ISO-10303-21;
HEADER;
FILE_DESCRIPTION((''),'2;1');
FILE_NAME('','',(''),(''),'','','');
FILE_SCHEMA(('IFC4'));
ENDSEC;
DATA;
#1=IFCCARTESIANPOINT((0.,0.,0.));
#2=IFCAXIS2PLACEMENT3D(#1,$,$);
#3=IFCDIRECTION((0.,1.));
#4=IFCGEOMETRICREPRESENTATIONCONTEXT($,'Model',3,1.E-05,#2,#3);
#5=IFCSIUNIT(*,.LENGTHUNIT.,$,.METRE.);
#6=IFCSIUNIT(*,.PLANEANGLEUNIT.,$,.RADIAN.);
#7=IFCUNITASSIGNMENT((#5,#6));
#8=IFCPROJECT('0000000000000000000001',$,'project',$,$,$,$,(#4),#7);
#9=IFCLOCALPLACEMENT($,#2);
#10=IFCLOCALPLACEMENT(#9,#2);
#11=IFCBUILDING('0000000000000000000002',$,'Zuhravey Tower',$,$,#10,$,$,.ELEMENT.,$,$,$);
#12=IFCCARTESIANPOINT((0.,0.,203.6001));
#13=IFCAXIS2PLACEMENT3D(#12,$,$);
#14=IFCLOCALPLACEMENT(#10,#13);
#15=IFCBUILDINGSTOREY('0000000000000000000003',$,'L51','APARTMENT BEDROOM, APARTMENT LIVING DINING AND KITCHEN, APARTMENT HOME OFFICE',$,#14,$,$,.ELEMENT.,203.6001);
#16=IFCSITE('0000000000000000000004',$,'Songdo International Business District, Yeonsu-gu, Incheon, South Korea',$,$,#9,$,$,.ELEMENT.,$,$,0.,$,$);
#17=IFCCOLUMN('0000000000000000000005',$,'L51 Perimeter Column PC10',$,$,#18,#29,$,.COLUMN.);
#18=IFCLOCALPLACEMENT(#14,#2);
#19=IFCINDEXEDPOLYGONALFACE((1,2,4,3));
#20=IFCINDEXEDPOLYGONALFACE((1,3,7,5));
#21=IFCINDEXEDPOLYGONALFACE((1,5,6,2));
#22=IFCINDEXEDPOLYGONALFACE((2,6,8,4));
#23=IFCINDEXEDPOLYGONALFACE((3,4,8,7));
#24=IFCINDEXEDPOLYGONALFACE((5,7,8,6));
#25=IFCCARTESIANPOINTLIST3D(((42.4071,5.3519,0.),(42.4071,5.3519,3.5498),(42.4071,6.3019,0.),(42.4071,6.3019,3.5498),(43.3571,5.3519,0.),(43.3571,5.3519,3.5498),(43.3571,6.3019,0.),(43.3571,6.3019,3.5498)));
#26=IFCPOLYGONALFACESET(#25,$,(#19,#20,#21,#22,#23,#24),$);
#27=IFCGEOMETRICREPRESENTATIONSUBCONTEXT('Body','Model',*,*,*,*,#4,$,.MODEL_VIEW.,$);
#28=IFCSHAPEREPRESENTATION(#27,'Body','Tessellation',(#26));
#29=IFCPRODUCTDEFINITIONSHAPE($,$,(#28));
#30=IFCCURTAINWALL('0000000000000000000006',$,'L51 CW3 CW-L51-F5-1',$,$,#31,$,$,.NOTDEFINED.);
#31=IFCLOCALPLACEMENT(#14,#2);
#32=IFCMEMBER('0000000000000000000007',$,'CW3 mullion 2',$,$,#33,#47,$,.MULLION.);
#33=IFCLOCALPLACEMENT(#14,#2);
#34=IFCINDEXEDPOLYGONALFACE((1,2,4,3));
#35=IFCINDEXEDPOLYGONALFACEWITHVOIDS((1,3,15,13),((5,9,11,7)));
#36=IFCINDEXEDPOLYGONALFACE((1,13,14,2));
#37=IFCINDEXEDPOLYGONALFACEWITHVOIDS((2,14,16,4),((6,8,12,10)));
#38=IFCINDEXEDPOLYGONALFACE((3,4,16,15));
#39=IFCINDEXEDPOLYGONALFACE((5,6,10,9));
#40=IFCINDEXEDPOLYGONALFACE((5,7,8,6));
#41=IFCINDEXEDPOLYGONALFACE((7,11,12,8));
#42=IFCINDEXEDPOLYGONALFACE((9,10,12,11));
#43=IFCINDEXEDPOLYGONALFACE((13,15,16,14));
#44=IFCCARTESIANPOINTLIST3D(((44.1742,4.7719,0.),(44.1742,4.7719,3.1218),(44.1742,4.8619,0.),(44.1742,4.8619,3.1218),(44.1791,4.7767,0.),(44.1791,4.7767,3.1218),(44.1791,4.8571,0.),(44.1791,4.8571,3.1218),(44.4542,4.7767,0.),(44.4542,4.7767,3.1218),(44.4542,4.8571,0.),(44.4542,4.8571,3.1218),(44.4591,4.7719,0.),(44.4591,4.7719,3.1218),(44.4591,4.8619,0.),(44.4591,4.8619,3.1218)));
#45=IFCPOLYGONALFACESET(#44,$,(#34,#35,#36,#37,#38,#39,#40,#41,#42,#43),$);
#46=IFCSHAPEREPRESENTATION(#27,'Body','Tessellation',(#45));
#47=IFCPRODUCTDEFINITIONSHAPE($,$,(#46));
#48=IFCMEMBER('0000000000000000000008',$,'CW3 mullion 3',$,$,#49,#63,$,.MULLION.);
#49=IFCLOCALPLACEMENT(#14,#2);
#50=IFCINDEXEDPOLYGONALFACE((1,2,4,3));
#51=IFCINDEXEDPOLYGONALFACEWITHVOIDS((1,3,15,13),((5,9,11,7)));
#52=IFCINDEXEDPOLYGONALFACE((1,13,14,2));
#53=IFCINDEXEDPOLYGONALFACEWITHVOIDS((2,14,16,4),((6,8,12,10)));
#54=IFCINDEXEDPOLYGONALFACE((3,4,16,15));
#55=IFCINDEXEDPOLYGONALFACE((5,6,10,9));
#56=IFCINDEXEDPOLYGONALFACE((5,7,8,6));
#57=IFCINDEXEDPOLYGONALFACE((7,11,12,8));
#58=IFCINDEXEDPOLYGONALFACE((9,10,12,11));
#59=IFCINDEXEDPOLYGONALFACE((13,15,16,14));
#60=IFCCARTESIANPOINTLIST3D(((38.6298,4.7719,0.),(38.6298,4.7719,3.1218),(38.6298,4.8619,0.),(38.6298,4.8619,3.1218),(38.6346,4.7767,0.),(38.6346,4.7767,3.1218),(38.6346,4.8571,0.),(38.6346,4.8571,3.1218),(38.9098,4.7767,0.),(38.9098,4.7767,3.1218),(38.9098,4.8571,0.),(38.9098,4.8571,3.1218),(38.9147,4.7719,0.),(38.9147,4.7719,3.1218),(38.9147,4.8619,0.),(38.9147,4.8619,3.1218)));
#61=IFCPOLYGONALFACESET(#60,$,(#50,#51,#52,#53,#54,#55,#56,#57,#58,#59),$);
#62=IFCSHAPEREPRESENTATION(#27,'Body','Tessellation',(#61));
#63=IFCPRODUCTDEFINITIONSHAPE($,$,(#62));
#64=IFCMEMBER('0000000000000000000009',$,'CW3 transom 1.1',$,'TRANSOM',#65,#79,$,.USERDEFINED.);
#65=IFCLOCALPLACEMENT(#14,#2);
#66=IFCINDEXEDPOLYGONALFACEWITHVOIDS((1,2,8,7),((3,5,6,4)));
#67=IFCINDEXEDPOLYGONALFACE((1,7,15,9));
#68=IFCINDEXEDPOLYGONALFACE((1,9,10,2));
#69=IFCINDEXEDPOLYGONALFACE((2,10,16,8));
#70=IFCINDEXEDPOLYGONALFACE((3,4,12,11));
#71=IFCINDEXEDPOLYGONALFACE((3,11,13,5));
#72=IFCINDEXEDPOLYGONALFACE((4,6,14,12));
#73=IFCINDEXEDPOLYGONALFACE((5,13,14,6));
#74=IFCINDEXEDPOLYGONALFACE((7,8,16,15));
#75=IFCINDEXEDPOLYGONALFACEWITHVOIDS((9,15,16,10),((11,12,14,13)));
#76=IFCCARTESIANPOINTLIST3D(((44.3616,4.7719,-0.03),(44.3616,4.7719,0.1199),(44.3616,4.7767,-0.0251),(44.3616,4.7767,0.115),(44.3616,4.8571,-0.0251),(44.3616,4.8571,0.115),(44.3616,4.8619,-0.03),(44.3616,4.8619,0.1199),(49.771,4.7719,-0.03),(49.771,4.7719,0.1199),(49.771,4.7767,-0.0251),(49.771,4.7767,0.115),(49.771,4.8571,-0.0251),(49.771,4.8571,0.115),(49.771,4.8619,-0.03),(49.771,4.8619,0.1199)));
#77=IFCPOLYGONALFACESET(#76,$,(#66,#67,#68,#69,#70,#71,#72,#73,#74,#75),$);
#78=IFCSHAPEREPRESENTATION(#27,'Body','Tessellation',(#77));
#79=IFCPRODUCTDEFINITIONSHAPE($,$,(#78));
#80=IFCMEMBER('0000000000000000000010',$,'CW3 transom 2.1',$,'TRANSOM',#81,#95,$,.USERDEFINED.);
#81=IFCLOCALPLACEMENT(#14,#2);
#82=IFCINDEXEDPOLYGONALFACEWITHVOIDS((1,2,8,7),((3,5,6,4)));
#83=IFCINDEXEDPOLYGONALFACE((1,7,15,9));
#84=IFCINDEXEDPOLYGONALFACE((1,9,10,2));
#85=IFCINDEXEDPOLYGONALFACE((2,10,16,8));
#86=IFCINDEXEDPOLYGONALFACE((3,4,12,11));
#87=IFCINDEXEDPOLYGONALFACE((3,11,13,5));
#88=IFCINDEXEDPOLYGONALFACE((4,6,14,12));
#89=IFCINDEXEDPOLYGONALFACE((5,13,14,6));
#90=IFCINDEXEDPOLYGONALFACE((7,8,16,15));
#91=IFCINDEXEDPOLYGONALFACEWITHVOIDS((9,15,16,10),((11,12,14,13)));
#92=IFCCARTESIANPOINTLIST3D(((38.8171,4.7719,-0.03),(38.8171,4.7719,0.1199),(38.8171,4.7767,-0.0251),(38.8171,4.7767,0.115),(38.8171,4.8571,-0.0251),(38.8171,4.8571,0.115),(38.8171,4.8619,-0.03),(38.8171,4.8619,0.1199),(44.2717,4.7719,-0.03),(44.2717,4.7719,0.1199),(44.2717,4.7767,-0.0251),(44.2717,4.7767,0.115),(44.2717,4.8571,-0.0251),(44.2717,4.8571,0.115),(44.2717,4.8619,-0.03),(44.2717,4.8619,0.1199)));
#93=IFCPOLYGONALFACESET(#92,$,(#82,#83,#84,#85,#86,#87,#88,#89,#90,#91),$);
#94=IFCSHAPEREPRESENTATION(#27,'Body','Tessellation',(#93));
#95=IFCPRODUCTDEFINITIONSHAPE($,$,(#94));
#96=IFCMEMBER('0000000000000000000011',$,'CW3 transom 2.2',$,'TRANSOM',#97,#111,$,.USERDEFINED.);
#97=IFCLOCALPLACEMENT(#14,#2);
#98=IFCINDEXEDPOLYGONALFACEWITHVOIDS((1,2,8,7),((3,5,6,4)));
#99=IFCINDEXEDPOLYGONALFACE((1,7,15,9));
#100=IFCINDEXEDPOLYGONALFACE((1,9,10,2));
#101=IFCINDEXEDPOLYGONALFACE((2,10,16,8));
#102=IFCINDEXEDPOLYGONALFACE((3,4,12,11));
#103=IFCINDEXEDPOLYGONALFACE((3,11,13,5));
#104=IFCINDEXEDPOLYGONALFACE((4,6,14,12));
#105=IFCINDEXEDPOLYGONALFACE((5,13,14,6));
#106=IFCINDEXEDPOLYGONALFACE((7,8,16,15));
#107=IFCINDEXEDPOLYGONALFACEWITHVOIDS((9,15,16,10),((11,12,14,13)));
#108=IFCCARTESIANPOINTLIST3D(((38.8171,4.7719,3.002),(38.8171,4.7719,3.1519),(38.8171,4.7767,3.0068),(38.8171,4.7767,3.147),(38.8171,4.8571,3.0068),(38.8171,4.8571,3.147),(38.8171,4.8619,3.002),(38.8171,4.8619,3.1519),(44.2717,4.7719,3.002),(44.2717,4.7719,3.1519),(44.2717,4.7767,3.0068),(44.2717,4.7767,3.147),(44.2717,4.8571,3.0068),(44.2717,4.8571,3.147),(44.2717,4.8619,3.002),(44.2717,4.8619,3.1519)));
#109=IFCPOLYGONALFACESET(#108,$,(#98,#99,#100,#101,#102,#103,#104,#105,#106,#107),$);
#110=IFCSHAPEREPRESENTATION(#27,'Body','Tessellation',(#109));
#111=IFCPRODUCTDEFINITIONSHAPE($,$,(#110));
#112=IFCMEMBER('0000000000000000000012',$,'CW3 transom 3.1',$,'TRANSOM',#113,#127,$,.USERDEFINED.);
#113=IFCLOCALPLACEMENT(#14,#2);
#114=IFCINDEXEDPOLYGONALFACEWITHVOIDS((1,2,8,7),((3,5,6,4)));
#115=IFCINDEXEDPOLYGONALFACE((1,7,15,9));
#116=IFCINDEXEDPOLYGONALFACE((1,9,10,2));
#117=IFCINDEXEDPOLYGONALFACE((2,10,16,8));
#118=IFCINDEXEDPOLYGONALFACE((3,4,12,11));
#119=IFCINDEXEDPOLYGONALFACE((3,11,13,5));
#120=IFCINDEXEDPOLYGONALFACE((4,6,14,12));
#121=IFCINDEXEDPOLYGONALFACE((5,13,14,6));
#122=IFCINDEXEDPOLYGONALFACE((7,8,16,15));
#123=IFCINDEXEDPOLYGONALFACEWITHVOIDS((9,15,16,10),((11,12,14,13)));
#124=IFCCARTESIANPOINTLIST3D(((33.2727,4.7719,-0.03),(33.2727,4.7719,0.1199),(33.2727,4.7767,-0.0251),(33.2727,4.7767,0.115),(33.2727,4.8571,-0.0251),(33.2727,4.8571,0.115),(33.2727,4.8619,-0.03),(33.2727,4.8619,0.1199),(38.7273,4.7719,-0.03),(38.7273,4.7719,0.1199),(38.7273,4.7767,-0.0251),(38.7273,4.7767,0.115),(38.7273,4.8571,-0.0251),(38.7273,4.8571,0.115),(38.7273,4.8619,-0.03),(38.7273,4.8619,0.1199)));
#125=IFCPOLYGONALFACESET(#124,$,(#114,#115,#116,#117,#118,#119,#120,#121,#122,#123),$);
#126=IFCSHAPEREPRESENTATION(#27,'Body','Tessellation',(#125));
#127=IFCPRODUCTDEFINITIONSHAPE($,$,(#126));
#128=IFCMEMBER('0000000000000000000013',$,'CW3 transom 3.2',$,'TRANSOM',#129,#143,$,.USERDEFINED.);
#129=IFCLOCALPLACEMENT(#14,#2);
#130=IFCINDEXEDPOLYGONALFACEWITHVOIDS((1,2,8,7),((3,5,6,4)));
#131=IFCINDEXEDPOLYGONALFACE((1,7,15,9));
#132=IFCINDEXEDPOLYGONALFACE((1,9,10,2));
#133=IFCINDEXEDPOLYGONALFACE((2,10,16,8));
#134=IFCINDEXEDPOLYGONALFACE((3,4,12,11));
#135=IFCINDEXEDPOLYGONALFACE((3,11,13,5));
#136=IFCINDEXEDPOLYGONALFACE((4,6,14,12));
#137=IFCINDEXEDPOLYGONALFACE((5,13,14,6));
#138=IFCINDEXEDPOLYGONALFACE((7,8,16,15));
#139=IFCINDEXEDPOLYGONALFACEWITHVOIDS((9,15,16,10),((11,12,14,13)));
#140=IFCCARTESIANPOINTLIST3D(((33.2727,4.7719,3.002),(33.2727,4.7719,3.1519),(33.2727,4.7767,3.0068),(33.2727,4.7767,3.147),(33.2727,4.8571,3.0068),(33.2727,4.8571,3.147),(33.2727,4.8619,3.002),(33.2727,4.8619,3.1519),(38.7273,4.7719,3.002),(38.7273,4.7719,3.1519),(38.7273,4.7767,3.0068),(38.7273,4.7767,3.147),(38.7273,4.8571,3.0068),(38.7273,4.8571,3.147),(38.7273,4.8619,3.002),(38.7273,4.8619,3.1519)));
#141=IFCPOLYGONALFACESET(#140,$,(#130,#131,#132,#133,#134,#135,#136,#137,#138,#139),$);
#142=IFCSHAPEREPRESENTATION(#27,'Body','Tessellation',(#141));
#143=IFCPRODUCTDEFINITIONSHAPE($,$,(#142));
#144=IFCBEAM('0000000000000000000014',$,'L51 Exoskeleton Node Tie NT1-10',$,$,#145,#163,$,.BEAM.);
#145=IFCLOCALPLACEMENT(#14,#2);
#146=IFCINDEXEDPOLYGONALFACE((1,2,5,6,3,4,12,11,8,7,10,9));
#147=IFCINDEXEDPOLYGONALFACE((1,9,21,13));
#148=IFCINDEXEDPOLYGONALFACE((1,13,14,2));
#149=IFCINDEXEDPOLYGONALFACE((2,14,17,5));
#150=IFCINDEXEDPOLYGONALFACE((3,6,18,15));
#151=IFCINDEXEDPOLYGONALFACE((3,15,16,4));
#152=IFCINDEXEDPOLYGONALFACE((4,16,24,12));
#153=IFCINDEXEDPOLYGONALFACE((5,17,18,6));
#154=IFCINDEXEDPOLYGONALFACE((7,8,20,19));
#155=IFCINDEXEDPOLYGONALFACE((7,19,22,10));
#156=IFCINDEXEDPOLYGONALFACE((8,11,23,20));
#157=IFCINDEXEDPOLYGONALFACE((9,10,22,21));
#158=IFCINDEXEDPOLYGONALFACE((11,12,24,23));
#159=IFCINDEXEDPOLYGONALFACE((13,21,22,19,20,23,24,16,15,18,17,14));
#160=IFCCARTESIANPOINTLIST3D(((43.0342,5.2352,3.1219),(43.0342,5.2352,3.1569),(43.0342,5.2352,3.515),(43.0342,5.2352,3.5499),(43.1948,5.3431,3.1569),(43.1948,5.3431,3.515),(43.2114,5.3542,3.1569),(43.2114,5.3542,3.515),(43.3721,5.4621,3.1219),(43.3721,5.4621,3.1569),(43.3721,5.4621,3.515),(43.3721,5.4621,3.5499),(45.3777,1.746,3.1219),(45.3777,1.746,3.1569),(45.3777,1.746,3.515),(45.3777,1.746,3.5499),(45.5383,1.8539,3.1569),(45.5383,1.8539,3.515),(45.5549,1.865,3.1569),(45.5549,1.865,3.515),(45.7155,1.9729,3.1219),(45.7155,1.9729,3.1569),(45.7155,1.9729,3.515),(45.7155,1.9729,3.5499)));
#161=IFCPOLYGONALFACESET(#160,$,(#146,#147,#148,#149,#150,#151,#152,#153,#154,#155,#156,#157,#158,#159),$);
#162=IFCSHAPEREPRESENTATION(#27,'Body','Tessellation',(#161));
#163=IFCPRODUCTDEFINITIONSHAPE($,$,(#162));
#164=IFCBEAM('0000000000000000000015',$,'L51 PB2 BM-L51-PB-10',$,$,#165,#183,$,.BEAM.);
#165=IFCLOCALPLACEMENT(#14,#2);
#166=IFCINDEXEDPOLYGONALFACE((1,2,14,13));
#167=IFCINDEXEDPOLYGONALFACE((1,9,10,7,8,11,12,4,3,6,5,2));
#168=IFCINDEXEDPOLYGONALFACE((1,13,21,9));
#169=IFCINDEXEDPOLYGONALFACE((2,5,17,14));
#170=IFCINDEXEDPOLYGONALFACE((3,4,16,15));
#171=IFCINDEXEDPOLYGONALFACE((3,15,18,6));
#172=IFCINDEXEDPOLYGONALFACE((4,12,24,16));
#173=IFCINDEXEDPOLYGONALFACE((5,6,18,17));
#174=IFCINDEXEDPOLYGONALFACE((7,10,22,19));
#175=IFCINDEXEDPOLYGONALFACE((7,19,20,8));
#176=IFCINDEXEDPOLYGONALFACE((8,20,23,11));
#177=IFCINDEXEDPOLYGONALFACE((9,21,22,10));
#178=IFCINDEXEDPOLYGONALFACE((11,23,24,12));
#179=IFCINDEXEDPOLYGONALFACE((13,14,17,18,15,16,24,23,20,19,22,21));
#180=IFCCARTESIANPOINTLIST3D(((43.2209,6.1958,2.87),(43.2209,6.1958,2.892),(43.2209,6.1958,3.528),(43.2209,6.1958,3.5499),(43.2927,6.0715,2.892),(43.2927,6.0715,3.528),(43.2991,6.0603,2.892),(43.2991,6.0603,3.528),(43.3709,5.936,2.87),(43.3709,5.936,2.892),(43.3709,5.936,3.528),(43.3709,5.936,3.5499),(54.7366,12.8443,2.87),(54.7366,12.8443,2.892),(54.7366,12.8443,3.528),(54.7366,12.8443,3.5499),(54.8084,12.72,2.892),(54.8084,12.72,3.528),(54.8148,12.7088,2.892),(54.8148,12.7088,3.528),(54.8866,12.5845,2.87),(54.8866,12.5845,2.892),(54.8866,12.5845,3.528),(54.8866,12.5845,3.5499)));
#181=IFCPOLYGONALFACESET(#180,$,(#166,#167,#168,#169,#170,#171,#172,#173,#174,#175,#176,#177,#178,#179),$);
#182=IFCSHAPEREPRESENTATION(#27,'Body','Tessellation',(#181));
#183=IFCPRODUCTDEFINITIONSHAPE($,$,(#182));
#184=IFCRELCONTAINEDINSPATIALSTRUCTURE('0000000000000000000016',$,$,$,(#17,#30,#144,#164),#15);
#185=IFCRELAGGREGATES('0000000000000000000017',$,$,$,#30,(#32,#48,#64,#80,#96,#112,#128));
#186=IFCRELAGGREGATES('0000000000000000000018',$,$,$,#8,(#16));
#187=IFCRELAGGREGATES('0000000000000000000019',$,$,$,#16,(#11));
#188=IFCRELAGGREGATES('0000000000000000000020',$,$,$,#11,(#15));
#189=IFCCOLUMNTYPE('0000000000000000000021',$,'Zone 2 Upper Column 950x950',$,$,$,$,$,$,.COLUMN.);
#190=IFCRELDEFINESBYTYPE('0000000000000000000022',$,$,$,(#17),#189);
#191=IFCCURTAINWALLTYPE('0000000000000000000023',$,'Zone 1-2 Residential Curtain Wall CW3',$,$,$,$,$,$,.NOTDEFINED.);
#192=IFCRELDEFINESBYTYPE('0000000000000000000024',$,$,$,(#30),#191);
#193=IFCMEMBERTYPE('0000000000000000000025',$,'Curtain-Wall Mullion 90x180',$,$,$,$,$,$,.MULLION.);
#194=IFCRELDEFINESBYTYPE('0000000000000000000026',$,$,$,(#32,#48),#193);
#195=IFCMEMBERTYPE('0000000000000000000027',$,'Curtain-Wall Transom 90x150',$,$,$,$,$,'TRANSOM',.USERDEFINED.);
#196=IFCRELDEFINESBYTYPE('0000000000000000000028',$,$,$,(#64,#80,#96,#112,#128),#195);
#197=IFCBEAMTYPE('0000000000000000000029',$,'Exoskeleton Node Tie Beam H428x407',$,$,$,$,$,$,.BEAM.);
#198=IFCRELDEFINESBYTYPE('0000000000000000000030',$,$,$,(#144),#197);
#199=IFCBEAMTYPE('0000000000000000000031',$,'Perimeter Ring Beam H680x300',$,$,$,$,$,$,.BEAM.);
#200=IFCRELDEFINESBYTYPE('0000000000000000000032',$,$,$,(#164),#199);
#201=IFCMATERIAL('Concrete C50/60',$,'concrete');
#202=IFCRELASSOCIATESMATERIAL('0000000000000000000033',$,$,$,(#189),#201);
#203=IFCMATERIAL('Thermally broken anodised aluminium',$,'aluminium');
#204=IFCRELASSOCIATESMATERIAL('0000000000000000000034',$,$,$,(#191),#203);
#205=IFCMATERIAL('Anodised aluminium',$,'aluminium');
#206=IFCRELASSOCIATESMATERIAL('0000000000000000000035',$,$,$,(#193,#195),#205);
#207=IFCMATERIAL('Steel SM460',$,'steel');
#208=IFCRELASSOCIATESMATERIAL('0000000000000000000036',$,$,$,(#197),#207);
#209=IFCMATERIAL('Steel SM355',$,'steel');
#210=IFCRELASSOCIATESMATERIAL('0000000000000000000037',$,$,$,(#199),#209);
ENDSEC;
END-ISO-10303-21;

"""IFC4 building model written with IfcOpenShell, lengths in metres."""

from ifc_helpers import new_model, si_unit, direction, frame, origin, origin_2d, place, context, subcontext, project, spatial, rectangle, hollow_rectangle, i_section, extrude, material, material_profile, profile_set, type_object, element, aggregate, save


model = new_model("IFC4")

# Units and contexts
model_context = context("Model", 3, precision=1e-05, world=origin(), true_north=direction((0.0, 1.0)))
body_context = subcontext(model_context, "Body", "Model", "MODEL_VIEW")
ifc_project = project(units=[si_unit("LENGTHUNIT", "METRE"), si_unit("PLANEANGLEUNIT", "RADIAN")], contexts=[model_context])

# Site, building, storey
site_placement = place(None, origin())
site = spatial("IfcSite", under=ifc_project, at=site_placement, Name="Songdo International Business District, Yeonsu-gu, Incheon, South Korea", CompositionType="ELEMENT", RefElevation=0.0)
building_placement = place(site_placement, origin())
building = spatial("IfcBuilding", under=site, at=building_placement, Name="Zuhravey Tower", CompositionType="ELEMENT")
storey_placement = place(building_placement, frame((0.0, 0.0, 203.6001)))
storey = spatial("IfcBuildingStorey", under=building, at=storey_placement, Name="L51", Description="APARTMENT BEDROOM, APARTMENT LIVING DINING AND KITCHEN, APARTMENT HOME OFFICE", CompositionType="ELEMENT", Elevation=203.6001)

# Column
ifc_material_1 = material(Name="Concrete C50/60", Category="concrete")
ifc_material_profile_1 = material_profile(ifc_material_1, rectangle(XDim=0.95, YDim=0.95, at=origin_2d()), Name="RC-950x950")
ifc_profile_set_1 = profile_set([ifc_material_profile_1], Name="Concrete C50/60")
column_type = type_object("IfcColumnType", Name="Zone 2 Upper Column 950x950", PredefinedType="COLUMN", material=ifc_profile_set_1)
column_placement = place(storey_placement, frame((42.8821, 5.8269, 0.0), z_axis=(0.0, 0.0, 1.0), x_axis=(1.0, 0.0, 0.0)))
element("IfcColumn", 1, at=column_placement, inside=storey, type_object=column_type, Name="L51 Perimeter Column PC10", PredefinedType="COLUMN", context=body_context, shape_type="SweptSolid", body=[
    extrude(rectangle(XDim=0.95, YDim=0.95, at=origin_2d()), origin(), (0.0, 0.0, 1.0), 3.5498),
])

# Curtain wall, members
ifc_material_2 = material(Name="Thermally broken anodised aluminium", Category="aluminium")
curtain_wall_type = type_object("IfcCurtainWallType", Name="Zone 1-2 Residential Curtain Wall CW3", PredefinedType="NOTDEFINED", material=ifc_material_2)
curtain_wall_placement = place(storey_placement, origin())
curtain_wall = element("IfcCurtainWall", 2, at=curtain_wall_placement, inside=storey, type_object=curtain_wall_type, Name="L51 CW3 CW-L51-F5-1", PredefinedType="NOTDEFINED")
ifc_material_3 = material(Name="Anodised aluminium", Category="aluminium")
ifc_material_profile_2 = material_profile(ifc_material_3, hollow_rectangle(XDim=0.0901, YDim=0.2849, WallThickness=0.0049, at=origin_2d()), Name="ALU-RHS-90x285x5")
ifc_profile_set_2 = profile_set([ifc_material_profile_2], Name="Anodised aluminium")
member_type_1 = type_object("IfcMemberType", Name="Curtain-Wall Mullion 90x180", PredefinedType="MULLION", material=ifc_profile_set_2)
member_1_placement = place(storey_placement, frame((44.3167, 4.8169, 0.0), z_axis=(0.0, 0.0, 1.0), x_axis=(0.0, -1.0, 0.0)))
member_1 = element("IfcMember", 3, at=member_1_placement, type_object=member_type_1, Name="CW3 mullion 2", PredefinedType="MULLION", context=body_context, shape_type="SweptSolid", body=[
    extrude(hollow_rectangle(XDim=0.0901, YDim=0.2849, WallThickness=0.0049, at=origin_2d()), origin(), (0.0, 0.0, 1.0), 3.1218),
])
member_2_placement = place(storey_placement, frame((38.7722, 4.8169, 0.0), z_axis=(0.0, 0.0, 1.0), x_axis=(0.0, -1.0, 0.0)))
member_2 = element("IfcMember", 4, at=member_2_placement, type_object=member_type_1, Name="CW3 mullion 3", PredefinedType="MULLION", context=body_context, shape_type="SweptSolid", body=[
    extrude(hollow_rectangle(XDim=0.0901, YDim=0.2849, WallThickness=0.0049, at=origin_2d()), origin(), (0.0, 0.0, 1.0), 3.1218),
])
ifc_material_profile_3 = material_profile(ifc_material_3, hollow_rectangle(XDim=0.0901, YDim=0.1499, WallThickness=0.0049, at=origin_2d()), Name="ALU-RHS-90x150x5")
ifc_profile_set_3 = profile_set([ifc_material_profile_3], Name="Anodised aluminium")
member_type_2 = type_object("IfcMemberType", Name="Curtain-Wall Transom 90x150", ElementType="TRANSOM", PredefinedType="USERDEFINED", material=ifc_profile_set_3)
member_3_placement = place(storey_placement, frame((49.771, 4.8169, 0.0449), z_axis=(-1.0, 0.0, 0.0), x_axis=(0.0, -1.0, 0.0)))
member_3 = element("IfcMember", 5, at=member_3_placement, type_object=member_type_2, Name="CW3 transom 1.1", ObjectType="TRANSOM", PredefinedType="USERDEFINED", context=body_context, shape_type="SweptSolid", body=[
    extrude(hollow_rectangle(XDim=0.0901, YDim=0.1499, WallThickness=0.0049, at=origin_2d()), origin(), (0.0, 0.0, 1.0), 5.4094),
])
member_4_placement = place(storey_placement, frame((44.2717, 4.8169, 0.0449), z_axis=(-1.0, 0.0, 0.0), x_axis=(0.0, -1.0, 0.0)))
member_4 = element("IfcMember", 6, at=member_4_placement, type_object=member_type_2, Name="CW3 transom 2.1", ObjectType="TRANSOM", PredefinedType="USERDEFINED", context=body_context, shape_type="SweptSolid", body=[
    extrude(hollow_rectangle(XDim=0.0901, YDim=0.1499, WallThickness=0.0049, at=origin_2d()), origin(), (0.0, 0.0, 1.0), 5.4546),
])
member_5_placement = place(storey_placement, frame((44.2717, 4.8169, 3.0769), z_axis=(-1.0, 0.0, 0.0), x_axis=(0.0, -1.0, 0.0)))
member_5 = element("IfcMember", 7, at=member_5_placement, type_object=member_type_2, Name="CW3 transom 2.2", ObjectType="TRANSOM", PredefinedType="USERDEFINED", context=body_context, shape_type="SweptSolid", body=[
    extrude(hollow_rectangle(XDim=0.0901, YDim=0.1499, WallThickness=0.0049, at=origin_2d()), origin(), (0.0, 0.0, 1.0), 5.4546),
])
member_6_placement = place(storey_placement, frame((38.7273, 4.8169, 0.0449), z_axis=(-1.0, 0.0, 0.0), x_axis=(0.0, -1.0, 0.0)))
member_6 = element("IfcMember", 8, at=member_6_placement, type_object=member_type_2, Name="CW3 transom 3.1", ObjectType="TRANSOM", PredefinedType="USERDEFINED", context=body_context, shape_type="SweptSolid", body=[
    extrude(hollow_rectangle(XDim=0.0901, YDim=0.1499, WallThickness=0.0049, at=origin_2d()), origin(), (0.0, 0.0, 1.0), 5.4546),
])
member_7_placement = place(storey_placement, frame((38.7273, 4.8169, 3.0769), z_axis=(-1.0, 0.0, 0.0), x_axis=(0.0, -1.0, 0.0)))
member_7 = element("IfcMember", 9, at=member_7_placement, type_object=member_type_2, Name="CW3 transom 3.2", ObjectType="TRANSOM", PredefinedType="USERDEFINED", context=body_context, shape_type="SweptSolid", body=[
    extrude(hollow_rectangle(XDim=0.0901, YDim=0.1499, WallThickness=0.0049, at=origin_2d()), origin(), (0.0, 0.0, 1.0), 5.4546),
])

# Beams
ifc_material_4 = material(Name="Steel SM460", Category="steel")
ifc_material_profile_4 = material_profile(ifc_material_4, i_section(OverallWidth=0.407, OverallDepth=0.428, WebThickness=0.02, FlangeThickness=0.0349, at=origin_2d()), Name="H-428x407x20x35")
ifc_profile_set_4 = profile_set([ifc_material_profile_4], Name="Steel SM460")
beam_type_1 = type_object("IfcBeamType", Name="Exoskeleton Node Tie Beam H428x407", PredefinedType="BEAM", material=ifc_profile_set_4)
beam_1_placement = place(storey_placement, frame((43.2031, 5.3486, 3.3359), z_axis=(0.557552, -0.830142, 0.0), x_axis=(0.830142, 0.557552, 0.0)))
element("IfcBeam", 10, at=beam_1_placement, inside=storey, type_object=beam_type_1, Name="L51 Exoskeleton Node Tie NT1-10", PredefinedType="BEAM", context=body_context, shape_type="SweptSolid", body=[
    extrude(i_section(OverallWidth=0.407, OverallDepth=0.428, WebThickness=0.02, FlangeThickness=0.0349, at=origin_2d()), origin(), (0.0, 0.0, 1.0), 4.2031),
])
ifc_material_5 = material(Name="Steel SM355", Category="steel")
ifc_material_profile_5 = material_profile(ifc_material_5, i_section(OverallWidth=0.3, OverallDepth=0.6799, WebThickness=0.0129, FlangeThickness=0.022, at=origin_2d()), Name="H-680x300x13x22")
ifc_profile_set_5 = profile_set([ifc_material_profile_5], Name="Steel SM355")
beam_type_2 = type_object("IfcBeamType", Name="Perimeter Ring Beam H680x300", PredefinedType="BEAM", material=ifc_profile_set_5)
beam_2_placement = place(storey_placement, frame((43.2959, 6.0659, 3.21), z_axis=(0.866029, 0.499994, 0.0), x_axis=(-0.499994, 0.866029, 0.0)))
element("IfcBeam", 11, at=beam_2_placement, inside=storey, type_object=beam_type_2, Name="L51 PB2 BM-L51-PB-10", PredefinedType="BEAM", context=body_context, shape_type="SweptSolid", body=[
    extrude(i_section(OverallWidth=0.3, OverallDepth=0.6799, WebThickness=0.0129, FlangeThickness=0.022, at=origin_2d()), origin(), (0.0, 0.0, 1.0), 13.2971),
])

aggregate(curtain_wall, [member_1, member_2, member_3, member_4, member_5, member_6, member_7])

save(model, "model.ifc")
